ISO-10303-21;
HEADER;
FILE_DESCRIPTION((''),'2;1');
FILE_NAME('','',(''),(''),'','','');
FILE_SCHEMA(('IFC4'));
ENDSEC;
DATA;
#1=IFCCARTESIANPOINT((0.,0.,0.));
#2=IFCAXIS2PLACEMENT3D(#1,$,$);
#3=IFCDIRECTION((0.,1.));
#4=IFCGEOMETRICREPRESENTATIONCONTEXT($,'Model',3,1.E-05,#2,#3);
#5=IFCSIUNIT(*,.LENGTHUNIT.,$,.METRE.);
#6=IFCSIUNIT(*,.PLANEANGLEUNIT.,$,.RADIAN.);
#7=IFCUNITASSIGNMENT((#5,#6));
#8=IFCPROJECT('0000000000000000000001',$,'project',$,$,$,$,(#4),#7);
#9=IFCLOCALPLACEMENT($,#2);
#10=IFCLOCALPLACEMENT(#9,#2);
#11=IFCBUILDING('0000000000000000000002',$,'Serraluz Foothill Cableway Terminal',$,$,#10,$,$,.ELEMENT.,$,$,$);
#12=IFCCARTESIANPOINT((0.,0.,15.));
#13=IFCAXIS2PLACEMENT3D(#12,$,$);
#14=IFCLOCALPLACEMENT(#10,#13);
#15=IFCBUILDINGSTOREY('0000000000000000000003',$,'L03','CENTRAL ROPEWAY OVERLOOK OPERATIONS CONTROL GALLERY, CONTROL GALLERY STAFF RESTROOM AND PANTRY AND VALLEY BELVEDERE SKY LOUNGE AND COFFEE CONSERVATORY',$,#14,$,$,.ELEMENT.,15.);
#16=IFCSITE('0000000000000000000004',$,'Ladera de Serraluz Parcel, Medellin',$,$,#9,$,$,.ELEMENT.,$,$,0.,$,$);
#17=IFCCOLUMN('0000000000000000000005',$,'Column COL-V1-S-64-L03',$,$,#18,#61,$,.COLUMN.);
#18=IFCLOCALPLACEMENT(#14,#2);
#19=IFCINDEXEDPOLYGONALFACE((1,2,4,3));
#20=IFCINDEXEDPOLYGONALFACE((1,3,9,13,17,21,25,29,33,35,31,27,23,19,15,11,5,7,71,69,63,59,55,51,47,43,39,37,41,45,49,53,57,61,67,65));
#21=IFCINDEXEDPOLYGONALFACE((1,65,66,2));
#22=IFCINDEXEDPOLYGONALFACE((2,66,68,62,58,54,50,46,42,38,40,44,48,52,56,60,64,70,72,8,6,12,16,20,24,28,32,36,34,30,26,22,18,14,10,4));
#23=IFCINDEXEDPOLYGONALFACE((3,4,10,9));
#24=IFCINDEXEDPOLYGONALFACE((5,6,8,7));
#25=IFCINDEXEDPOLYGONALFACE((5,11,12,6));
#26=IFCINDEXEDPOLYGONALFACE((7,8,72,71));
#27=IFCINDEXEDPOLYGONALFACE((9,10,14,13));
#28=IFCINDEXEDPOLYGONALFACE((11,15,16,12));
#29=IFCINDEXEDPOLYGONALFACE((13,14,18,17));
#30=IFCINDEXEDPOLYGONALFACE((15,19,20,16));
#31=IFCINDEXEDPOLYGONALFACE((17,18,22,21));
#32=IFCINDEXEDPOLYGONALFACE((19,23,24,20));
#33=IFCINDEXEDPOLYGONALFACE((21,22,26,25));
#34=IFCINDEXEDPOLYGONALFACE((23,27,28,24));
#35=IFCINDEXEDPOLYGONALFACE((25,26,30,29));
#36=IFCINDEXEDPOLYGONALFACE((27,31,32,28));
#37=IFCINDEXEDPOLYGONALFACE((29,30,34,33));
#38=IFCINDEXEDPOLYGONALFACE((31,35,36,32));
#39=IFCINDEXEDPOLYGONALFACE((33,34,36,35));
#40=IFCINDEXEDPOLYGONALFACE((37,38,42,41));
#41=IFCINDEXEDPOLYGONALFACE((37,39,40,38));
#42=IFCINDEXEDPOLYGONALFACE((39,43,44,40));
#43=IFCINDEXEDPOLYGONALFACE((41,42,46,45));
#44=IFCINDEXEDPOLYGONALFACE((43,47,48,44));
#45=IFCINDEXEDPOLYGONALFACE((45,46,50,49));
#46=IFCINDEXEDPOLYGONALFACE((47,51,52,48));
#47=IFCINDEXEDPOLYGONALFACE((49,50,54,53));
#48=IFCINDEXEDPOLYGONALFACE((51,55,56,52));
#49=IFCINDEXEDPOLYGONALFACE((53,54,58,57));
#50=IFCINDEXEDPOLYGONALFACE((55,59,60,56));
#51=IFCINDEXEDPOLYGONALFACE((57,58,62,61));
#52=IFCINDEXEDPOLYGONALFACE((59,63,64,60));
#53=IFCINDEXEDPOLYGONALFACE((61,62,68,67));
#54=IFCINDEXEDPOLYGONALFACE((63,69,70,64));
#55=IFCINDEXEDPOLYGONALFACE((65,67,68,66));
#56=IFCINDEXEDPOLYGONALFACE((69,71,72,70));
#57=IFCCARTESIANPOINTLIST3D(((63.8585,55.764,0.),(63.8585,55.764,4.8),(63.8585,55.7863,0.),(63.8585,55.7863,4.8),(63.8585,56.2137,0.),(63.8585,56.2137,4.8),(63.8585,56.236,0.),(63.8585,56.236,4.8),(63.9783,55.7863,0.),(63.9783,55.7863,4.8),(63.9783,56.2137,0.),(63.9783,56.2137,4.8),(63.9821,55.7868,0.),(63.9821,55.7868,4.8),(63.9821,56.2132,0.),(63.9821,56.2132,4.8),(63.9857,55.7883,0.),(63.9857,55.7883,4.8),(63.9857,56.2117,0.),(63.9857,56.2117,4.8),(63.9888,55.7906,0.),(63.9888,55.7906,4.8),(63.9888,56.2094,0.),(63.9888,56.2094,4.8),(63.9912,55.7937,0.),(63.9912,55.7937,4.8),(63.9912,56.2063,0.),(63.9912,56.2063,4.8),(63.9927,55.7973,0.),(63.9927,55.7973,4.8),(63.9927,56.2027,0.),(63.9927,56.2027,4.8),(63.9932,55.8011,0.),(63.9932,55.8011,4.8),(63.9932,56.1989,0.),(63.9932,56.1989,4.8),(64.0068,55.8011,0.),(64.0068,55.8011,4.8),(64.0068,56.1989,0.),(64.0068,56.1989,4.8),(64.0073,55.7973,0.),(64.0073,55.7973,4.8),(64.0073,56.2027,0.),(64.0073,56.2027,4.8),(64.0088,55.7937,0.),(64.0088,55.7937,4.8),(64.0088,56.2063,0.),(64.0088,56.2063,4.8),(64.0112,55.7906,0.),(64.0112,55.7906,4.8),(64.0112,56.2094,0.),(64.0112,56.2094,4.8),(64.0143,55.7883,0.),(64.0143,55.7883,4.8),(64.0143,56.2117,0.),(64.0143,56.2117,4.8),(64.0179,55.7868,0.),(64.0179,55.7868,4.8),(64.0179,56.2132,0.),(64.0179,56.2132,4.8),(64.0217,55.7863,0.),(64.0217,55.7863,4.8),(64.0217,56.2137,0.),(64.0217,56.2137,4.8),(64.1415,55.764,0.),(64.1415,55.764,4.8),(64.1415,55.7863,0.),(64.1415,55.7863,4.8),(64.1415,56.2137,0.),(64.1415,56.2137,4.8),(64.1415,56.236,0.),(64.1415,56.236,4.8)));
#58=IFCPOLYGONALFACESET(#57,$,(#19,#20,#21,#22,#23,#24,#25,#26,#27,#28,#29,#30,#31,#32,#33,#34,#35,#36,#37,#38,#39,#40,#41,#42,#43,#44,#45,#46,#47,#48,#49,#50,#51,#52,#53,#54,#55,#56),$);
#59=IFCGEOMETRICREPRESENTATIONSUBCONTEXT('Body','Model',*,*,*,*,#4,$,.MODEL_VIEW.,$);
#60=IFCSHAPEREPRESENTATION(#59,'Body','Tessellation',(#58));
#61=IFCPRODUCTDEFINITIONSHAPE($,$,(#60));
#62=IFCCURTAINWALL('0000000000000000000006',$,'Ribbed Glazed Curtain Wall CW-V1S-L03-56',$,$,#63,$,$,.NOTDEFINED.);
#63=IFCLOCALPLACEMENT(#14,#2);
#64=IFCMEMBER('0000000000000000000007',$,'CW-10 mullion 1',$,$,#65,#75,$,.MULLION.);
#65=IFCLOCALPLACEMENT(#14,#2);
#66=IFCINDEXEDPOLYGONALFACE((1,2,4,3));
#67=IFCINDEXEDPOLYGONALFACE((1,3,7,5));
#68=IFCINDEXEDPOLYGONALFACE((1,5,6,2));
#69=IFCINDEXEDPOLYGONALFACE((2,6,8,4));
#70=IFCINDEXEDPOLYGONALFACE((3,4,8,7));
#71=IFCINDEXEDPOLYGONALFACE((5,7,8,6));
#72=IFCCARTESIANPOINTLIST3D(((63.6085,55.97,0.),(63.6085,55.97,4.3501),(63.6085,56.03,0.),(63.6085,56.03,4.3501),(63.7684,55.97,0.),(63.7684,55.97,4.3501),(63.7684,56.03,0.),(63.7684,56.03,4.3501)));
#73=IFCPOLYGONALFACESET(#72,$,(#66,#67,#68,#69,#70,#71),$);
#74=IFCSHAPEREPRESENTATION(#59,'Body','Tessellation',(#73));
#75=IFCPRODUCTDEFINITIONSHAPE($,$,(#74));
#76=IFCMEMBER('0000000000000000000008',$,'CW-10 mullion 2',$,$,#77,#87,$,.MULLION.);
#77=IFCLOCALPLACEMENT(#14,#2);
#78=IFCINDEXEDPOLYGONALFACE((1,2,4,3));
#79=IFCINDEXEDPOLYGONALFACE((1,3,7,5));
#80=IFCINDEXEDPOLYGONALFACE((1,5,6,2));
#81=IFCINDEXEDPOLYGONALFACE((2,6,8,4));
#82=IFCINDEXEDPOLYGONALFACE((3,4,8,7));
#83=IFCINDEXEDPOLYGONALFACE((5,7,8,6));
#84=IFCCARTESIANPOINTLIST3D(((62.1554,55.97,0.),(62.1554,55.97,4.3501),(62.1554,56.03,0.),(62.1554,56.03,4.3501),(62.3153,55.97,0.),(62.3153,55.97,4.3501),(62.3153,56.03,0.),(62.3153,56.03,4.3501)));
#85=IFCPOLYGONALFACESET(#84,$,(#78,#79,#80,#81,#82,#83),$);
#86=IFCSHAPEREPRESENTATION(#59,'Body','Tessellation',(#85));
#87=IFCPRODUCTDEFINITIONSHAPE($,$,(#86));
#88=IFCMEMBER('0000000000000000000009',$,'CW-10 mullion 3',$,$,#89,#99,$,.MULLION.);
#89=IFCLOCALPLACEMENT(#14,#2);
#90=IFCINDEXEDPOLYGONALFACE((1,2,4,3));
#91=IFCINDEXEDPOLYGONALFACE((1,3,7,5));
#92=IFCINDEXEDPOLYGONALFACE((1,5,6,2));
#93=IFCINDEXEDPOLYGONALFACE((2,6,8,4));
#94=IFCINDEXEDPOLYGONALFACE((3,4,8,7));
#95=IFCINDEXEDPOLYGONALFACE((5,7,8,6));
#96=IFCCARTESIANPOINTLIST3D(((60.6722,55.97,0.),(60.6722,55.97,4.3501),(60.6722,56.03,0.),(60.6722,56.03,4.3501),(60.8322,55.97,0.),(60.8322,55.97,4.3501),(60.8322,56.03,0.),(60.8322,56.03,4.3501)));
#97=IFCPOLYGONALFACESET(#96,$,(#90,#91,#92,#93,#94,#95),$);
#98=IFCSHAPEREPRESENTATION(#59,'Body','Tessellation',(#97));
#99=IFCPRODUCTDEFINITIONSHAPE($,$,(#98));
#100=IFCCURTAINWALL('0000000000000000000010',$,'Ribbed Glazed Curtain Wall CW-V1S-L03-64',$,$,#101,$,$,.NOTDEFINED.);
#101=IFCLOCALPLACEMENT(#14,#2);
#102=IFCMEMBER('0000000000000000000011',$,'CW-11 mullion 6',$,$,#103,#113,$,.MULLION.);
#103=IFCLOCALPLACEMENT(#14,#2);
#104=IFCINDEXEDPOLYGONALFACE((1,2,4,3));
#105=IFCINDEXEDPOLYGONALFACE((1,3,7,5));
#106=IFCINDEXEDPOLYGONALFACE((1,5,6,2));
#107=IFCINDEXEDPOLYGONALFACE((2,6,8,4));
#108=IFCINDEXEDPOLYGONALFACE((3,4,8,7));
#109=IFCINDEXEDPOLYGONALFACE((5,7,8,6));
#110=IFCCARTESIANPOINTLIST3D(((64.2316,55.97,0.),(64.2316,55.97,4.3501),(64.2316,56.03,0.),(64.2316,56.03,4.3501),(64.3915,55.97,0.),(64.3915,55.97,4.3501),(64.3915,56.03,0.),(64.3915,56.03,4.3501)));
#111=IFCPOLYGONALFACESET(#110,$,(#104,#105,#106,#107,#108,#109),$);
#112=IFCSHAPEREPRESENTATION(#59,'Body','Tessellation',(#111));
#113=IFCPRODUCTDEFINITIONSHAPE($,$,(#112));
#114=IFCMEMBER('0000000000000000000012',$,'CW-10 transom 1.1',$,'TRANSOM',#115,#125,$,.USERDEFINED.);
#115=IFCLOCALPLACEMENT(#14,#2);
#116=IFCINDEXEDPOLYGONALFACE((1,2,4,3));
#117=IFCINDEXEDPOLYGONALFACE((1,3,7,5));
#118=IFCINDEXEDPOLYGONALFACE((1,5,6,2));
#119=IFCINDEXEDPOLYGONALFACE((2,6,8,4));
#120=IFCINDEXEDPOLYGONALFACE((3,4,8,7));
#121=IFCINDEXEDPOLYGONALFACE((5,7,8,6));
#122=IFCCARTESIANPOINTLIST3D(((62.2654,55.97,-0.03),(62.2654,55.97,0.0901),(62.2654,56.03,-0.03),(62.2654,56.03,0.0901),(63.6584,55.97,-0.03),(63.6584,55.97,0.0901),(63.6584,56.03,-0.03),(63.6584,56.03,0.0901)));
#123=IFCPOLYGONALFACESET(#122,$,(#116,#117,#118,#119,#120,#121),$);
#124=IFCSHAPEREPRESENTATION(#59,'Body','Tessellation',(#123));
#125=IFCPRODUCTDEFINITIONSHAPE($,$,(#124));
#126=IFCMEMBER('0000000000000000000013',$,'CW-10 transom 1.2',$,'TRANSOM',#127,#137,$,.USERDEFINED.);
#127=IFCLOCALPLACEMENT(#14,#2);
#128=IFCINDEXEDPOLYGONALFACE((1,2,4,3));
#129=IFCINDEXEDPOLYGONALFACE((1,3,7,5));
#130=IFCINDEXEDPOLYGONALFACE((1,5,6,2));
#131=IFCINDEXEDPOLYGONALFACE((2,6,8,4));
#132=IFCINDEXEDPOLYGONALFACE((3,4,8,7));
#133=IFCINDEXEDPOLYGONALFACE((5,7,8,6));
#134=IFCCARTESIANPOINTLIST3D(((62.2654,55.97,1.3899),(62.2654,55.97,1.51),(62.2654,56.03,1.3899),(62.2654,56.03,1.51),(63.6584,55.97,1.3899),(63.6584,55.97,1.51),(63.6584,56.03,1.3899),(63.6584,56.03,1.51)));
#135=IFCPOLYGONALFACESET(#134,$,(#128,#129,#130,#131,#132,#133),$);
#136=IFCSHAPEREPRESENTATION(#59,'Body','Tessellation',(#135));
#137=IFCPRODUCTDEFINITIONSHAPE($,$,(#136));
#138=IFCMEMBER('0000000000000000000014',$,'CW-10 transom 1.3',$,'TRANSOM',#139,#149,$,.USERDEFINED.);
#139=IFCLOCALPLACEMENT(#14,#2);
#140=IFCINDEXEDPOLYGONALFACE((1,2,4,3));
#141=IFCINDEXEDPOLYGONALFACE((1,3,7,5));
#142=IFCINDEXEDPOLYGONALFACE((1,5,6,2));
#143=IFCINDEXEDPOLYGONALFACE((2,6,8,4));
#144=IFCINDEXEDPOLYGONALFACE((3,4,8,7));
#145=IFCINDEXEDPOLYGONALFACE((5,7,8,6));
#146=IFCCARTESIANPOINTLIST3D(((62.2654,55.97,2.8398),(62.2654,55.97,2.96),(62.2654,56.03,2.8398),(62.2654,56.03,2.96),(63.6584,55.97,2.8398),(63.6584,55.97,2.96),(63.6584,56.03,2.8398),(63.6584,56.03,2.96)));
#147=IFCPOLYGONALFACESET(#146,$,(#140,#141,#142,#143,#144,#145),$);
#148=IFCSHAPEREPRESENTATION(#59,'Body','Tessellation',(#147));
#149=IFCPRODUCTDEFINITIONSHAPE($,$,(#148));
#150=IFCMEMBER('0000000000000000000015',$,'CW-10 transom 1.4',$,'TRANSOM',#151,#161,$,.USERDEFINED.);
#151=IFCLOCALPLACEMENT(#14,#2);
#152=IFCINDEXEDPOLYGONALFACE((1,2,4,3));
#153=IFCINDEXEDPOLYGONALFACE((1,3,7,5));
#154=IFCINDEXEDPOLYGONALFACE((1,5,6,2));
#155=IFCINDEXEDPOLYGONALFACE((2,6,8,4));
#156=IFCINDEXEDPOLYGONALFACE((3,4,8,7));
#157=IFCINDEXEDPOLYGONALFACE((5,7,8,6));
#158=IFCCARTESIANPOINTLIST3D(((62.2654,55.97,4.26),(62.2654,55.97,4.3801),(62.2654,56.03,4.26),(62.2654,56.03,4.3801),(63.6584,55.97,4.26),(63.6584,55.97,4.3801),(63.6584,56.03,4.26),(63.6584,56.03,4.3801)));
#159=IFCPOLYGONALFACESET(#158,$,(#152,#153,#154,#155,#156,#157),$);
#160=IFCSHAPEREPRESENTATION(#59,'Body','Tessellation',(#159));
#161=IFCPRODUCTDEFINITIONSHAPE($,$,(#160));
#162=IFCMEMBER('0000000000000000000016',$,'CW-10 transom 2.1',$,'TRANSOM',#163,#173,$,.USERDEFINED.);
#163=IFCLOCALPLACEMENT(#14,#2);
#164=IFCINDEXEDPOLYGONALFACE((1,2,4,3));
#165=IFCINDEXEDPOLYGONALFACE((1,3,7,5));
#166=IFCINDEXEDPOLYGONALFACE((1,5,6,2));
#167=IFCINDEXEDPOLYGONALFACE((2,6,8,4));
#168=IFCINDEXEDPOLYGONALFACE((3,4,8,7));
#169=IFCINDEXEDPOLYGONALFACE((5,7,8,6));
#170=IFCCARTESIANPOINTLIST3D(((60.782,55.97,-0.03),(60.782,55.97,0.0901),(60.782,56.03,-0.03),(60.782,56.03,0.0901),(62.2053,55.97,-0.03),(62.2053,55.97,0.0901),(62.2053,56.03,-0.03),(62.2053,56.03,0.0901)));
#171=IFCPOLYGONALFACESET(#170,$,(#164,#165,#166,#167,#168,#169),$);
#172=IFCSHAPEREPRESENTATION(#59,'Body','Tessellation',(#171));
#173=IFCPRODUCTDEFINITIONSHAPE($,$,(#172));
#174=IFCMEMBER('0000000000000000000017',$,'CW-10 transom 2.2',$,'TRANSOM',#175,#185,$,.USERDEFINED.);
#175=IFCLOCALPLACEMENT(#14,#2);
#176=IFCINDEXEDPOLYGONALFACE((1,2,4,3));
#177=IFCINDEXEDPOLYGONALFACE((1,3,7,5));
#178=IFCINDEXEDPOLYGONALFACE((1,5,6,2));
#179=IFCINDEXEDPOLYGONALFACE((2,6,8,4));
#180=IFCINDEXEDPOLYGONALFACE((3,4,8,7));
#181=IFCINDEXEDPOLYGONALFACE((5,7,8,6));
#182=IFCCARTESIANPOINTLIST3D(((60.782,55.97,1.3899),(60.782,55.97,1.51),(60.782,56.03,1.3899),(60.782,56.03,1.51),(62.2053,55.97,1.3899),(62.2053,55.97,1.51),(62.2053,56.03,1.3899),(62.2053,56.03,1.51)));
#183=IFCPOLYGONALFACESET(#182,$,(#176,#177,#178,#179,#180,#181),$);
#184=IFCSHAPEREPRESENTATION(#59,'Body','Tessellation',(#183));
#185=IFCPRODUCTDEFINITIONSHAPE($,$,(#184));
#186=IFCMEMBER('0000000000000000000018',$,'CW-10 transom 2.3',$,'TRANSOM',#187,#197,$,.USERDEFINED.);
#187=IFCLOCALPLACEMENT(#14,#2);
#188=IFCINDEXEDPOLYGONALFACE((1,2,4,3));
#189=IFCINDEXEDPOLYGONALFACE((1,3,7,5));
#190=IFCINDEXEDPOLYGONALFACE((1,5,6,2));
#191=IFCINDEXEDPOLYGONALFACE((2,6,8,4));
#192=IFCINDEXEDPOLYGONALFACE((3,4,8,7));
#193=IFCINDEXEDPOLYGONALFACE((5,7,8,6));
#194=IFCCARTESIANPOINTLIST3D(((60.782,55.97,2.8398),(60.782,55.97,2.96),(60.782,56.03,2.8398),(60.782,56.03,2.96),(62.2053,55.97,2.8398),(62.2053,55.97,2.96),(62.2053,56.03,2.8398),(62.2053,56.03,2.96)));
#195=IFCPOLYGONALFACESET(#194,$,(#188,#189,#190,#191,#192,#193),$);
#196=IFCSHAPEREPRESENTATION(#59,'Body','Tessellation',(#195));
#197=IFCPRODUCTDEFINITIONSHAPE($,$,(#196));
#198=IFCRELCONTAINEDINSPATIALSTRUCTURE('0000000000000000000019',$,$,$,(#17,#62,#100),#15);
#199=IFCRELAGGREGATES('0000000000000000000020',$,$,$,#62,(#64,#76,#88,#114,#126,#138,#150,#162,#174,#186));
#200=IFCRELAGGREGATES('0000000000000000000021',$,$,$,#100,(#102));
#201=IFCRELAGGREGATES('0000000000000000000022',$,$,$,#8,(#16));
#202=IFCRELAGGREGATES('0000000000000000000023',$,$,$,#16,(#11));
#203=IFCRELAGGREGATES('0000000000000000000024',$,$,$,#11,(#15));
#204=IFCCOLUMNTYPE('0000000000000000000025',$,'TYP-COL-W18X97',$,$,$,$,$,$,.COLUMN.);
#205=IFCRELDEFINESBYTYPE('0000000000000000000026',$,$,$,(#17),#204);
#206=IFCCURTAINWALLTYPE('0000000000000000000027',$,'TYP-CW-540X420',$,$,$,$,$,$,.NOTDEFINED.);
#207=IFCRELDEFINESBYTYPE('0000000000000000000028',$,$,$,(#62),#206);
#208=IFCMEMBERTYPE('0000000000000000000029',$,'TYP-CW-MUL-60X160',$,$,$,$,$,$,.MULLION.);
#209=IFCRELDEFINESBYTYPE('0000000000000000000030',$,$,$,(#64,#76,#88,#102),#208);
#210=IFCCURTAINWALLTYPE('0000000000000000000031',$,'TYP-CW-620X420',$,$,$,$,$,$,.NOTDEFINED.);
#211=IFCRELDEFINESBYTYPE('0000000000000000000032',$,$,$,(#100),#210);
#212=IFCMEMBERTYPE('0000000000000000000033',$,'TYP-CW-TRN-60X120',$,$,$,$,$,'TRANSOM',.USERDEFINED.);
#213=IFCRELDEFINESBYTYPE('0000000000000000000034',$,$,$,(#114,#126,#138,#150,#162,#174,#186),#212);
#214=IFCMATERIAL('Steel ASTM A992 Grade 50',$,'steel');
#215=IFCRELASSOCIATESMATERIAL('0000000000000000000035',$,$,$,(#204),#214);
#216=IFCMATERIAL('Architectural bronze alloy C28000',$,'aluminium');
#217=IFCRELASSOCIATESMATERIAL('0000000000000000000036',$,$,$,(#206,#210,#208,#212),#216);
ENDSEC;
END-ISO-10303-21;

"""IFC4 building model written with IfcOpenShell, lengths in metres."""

from ifc_helpers import new_model, si_unit, direction, frame, origin, origin_2d, place, context, subcontext, project, spatial, rectangle, i_section, extrude, material, material_profile, profile_set, type_object, element, aggregate, save


model = new_model("IFC4")

# Units and contexts
model_context = context("Model", 3, precision=1e-05, world=origin(), true_north=direction((0.0, 1.0)))
body_context = subcontext(model_context, "Body", "Model", "MODEL_VIEW")
ifc_project = project(units=[si_unit("LENGTHUNIT", "METRE"), si_unit("PLANEANGLEUNIT", "RADIAN")], contexts=[model_context])

# Site, building, storey
site_placement = place(None, origin())
site = spatial("IfcSite", under=ifc_project, at=site_placement, Name="Ladera de Serraluz Parcel, Medellin", CompositionType="ELEMENT", RefElevation=0.0)
building_placement = place(site_placement, origin())
building = spatial("IfcBuilding", under=site, at=building_placement, Name="Serraluz Foothill Cableway Terminal", CompositionType="ELEMENT")
storey_placement = place(building_placement, frame((0.0, 0.0, 15.0)))
storey = spatial("IfcBuildingStorey", under=building, at=storey_placement, Name="L03", Description="CENTRAL ROPEWAY OVERLOOK OPERATIONS CONTROL GALLERY, CONTROL GALLERY STAFF RESTROOM AND PANTRY AND VALLEY BELVEDERE SKY LOUNGE AND COFFEE CONSERVATORY", CompositionType="ELEMENT", Elevation=15.0)

# Column
ifc_material_1 = material(Name="Steel ASTM A992 Grade 50", Category="steel")
ifc_material_profile_1 = material_profile(ifc_material_1, i_section(OverallWidth=0.283, OverallDepth=0.4719, WebThickness=0.0137, FlangeThickness=0.0222, FilletRadius=0.0149, at=origin_2d()), Name="W18X97")
ifc_profile_set_1 = profile_set([ifc_material_profile_1], Name="Steel ASTM A992 Grade 50")
column_type = type_object("IfcColumnType", Name="TYP-COL-W18X97", PredefinedType="COLUMN", material=ifc_profile_set_1)
column_placement = place(storey_placement, frame((64.0, 56.0, 0.0), z_axis=(0.0, 0.0, 1.0), x_axis=(1.0, 0.0, 0.0)))
element("IfcColumn", 1, at=column_placement, inside=storey, type_object=column_type, Name="Column COL-V1-S-64-L03", PredefinedType="COLUMN", context=body_context, shape_type="SweptSolid", body=[
    extrude(i_section(OverallWidth=0.283, OverallDepth=0.4719, WebThickness=0.0137, FlangeThickness=0.0222, FilletRadius=0.0149, at=origin_2d()), origin(), (0.0, 0.0, 1.0), 4.8),
])

# Curtain wall, members
ifc_material_2 = material(Name="Architectural bronze alloy C28000", Category="aluminium")
curtain_wall_type_1 = type_object("IfcCurtainWallType", Name="TYP-CW-540X420", PredefinedType="NOTDEFINED", material=ifc_material_2)
curtain_wall_1_placement = place(storey_placement, origin())
curtain_wall_1 = element("IfcCurtainWall", 2, at=curtain_wall_1_placement, inside=storey, type_object=curtain_wall_type_1, Name="Ribbed Glazed Curtain Wall CW-V1S-L03-56", PredefinedType="NOTDEFINED")
ifc_material_profile_2 = material_profile(ifc_material_2, rectangle(XDim=0.0601, YDim=0.1599, at=origin_2d()), Name="ALU MULLION 60x160")
ifc_profile_set_2 = profile_set([ifc_material_profile_2], Name="Architectural bronze alloy C28000")
member_type_1 = type_object("IfcMemberType", Name="TYP-CW-MUL-60X160", PredefinedType="MULLION", material=ifc_profile_set_2)
member_1_placement = place(storey_placement, frame((63.6885, 56.0, 0.0), z_axis=(0.0, 0.0, 1.0), x_axis=(0.0, -1.0, 0.0)))
member_1 = element("IfcMember", 3, at=member_1_placement, type_object=member_type_1, Name="CW-10 mullion 1", PredefinedType="MULLION", context=body_context, shape_type="SweptSolid", body=[
    extrude(rectangle(XDim=0.0601, YDim=0.1599, at=origin_2d()), origin(), (0.0, 0.0, 1.0), 4.3501),
])
member_2_placement = place(storey_placement, frame((62.2354, 56.0, 0.0), z_axis=(0.0, 0.0, 1.0), x_axis=(0.0, -1.0, 0.0)))
member_2 = element("IfcMember", 4, at=member_2_placement, type_object=member_type_1, Name="CW-10 mullion 2", PredefinedType="MULLION", context=body_context, shape_type="SweptSolid", body=[
    extrude(rectangle(XDim=0.0601, YDim=0.1599, at=origin_2d()), origin(), (0.0, 0.0, 1.0), 4.3501),
])
member_3_placement = place(storey_placement, frame((60.7522, 56.0, 0.0), z_axis=(0.0, 0.0, 1.0), x_axis=(0.0, -1.0, 0.0)))
member_3 = element("IfcMember", 5, at=member_3_placement, type_object=member_type_1, Name="CW-10 mullion 3", PredefinedType="MULLION", context=body_context, shape_type="SweptSolid", body=[
    extrude(rectangle(XDim=0.0601, YDim=0.1599, at=origin_2d()), origin(), (0.0, 0.0, 1.0), 4.3501),
])

# Curtain wall, member
curtain_wall_type_2 = type_object("IfcCurtainWallType", Name="TYP-CW-620X420", PredefinedType="NOTDEFINED", material=ifc_material_2)
curtain_wall_2_placement = place(storey_placement, origin())
curtain_wall_2 = element("IfcCurtainWall", 6, at=curtain_wall_2_placement, inside=storey, type_object=curtain_wall_type_2, Name="Ribbed Glazed Curtain Wall CW-V1S-L03-64", PredefinedType="NOTDEFINED")
member_4_placement = place(storey_placement, frame((64.3115, 56.0, 0.0), z_axis=(0.0, 0.0, 1.0), x_axis=(0.0, -1.0, 0.0)))
member_4 = element("IfcMember", 7, at=member_4_placement, type_object=member_type_1, Name="CW-11 mullion 6", PredefinedType="MULLION", context=body_context, shape_type="SweptSolid", body=[
    extrude(rectangle(XDim=0.0601, YDim=0.1599, at=origin_2d()), origin(), (0.0, 0.0, 1.0), 4.3501),
])

# Members
ifc_material_profile_3 = material_profile(ifc_material_2, rectangle(XDim=0.0601, YDim=0.1201, at=origin_2d()), Name="ALU TRANSOM 60x120")
ifc_profile_set_3 = profile_set([ifc_material_profile_3], Name="Architectural bronze alloy C28000")
member_type_2 = type_object("IfcMemberType", Name="TYP-CW-TRN-60X120", ElementType="TRANSOM", PredefinedType="USERDEFINED", material=ifc_profile_set_3)
member_5_placement = place(storey_placement, frame((63.6584, 56.0, 0.03), z_axis=(-1.0, 0.0, 0.0), x_axis=(0.0, -1.0, 0.0)))
member_5 = element("IfcMember", 8, at=member_5_placement, type_object=member_type_2, Name="CW-10 transom 1.1", ObjectType="TRANSOM", PredefinedType="USERDEFINED", context=body_context, shape_type="SweptSolid", body=[
    extrude(rectangle(XDim=0.0601, YDim=0.1201, at=origin_2d()), origin(), (0.0, 0.0, 1.0), 1.3931),
])
member_6_placement = place(storey_placement, frame((63.6584, 56.0, 1.45), z_axis=(-1.0, 0.0, 0.0), x_axis=(0.0, -1.0, 0.0)))
member_6 = element("IfcMember", 9, at=member_6_placement, type_object=member_type_2, Name="CW-10 transom 1.2", ObjectType="TRANSOM", PredefinedType="USERDEFINED", context=body_context, shape_type="SweptSolid", body=[
    extrude(rectangle(XDim=0.0601, YDim=0.1201, at=origin_2d()), origin(), (0.0, 0.0, 1.0), 1.3931),
])
member_7_placement = place(storey_placement, frame((63.6584, 56.0, 2.8999), z_axis=(-1.0, 0.0, 0.0), x_axis=(0.0, -1.0, 0.0)))
member_7 = element("IfcMember", 10, at=member_7_placement, type_object=member_type_2, Name="CW-10 transom 1.3", ObjectType="TRANSOM", PredefinedType="USERDEFINED", context=body_context, shape_type="SweptSolid", body=[
    extrude(rectangle(XDim=0.0601, YDim=0.1201, at=origin_2d()), origin(), (0.0, 0.0, 1.0), 1.3931),
])
member_8_placement = place(storey_placement, frame((63.6584, 56.0, 4.3201), z_axis=(-1.0, 0.0, 0.0), x_axis=(0.0, -1.0, 0.0)))
member_8 = element("IfcMember", 11, at=member_8_placement, type_object=member_type_2, Name="CW-10 transom 1.4", ObjectType="TRANSOM", PredefinedType="USERDEFINED", context=body_context, shape_type="SweptSolid", body=[
    extrude(rectangle(XDim=0.0601, YDim=0.1201, at=origin_2d()), origin(), (0.0, 0.0, 1.0), 1.3931),
])
member_9_placement = place(storey_placement, frame((62.2053, 56.0, 0.03), z_axis=(-1.0, 0.0, 0.0), x_axis=(0.0, -1.0, 0.0)))
member_9 = element("IfcMember", 12, at=member_9_placement, type_object=member_type_2, Name="CW-10 transom 2.1", ObjectType="TRANSOM", PredefinedType="USERDEFINED", context=body_context, shape_type="SweptSolid", body=[
    extrude(rectangle(XDim=0.0601, YDim=0.1201, at=origin_2d()), origin(), (0.0, 0.0, 1.0), 1.4233),
])
member_10_placement = place(storey_placement, frame((62.2053, 56.0, 1.45), z_axis=(-1.0, 0.0, 0.0), x_axis=(0.0, -1.0, 0.0)))
member_10 = element("IfcMember", 13, at=member_10_placement, type_object=member_type_2, Name="CW-10 transom 2.2", ObjectType="TRANSOM", PredefinedType="USERDEFINED", context=body_context, shape_type="SweptSolid", body=[
    extrude(rectangle(XDim=0.0601, YDim=0.1201, at=origin_2d()), origin(), (0.0, 0.0, 1.0), 1.4233),
])
member_11_placement = place(storey_placement, frame((62.2053, 56.0, 2.8999), z_axis=(-1.0, 0.0, 0.0), x_axis=(0.0, -1.0, 0.0)))
member_11 = element("IfcMember", 14, at=member_11_placement, type_object=member_type_2, Name="CW-10 transom 2.3", ObjectType="TRANSOM", PredefinedType="USERDEFINED", context=body_context, shape_type="SweptSolid", body=[
    extrude(rectangle(XDim=0.0601, YDim=0.1201, at=origin_2d()), origin(), (0.0, 0.0, 1.0), 1.4233),
])

aggregate(curtain_wall_1, [member_1, member_2, member_3, member_5, member_6, member_7, member_8, member_9, member_10, member_11])
aggregate(curtain_wall_2, [member_4])

save(model, "model.ifc")
